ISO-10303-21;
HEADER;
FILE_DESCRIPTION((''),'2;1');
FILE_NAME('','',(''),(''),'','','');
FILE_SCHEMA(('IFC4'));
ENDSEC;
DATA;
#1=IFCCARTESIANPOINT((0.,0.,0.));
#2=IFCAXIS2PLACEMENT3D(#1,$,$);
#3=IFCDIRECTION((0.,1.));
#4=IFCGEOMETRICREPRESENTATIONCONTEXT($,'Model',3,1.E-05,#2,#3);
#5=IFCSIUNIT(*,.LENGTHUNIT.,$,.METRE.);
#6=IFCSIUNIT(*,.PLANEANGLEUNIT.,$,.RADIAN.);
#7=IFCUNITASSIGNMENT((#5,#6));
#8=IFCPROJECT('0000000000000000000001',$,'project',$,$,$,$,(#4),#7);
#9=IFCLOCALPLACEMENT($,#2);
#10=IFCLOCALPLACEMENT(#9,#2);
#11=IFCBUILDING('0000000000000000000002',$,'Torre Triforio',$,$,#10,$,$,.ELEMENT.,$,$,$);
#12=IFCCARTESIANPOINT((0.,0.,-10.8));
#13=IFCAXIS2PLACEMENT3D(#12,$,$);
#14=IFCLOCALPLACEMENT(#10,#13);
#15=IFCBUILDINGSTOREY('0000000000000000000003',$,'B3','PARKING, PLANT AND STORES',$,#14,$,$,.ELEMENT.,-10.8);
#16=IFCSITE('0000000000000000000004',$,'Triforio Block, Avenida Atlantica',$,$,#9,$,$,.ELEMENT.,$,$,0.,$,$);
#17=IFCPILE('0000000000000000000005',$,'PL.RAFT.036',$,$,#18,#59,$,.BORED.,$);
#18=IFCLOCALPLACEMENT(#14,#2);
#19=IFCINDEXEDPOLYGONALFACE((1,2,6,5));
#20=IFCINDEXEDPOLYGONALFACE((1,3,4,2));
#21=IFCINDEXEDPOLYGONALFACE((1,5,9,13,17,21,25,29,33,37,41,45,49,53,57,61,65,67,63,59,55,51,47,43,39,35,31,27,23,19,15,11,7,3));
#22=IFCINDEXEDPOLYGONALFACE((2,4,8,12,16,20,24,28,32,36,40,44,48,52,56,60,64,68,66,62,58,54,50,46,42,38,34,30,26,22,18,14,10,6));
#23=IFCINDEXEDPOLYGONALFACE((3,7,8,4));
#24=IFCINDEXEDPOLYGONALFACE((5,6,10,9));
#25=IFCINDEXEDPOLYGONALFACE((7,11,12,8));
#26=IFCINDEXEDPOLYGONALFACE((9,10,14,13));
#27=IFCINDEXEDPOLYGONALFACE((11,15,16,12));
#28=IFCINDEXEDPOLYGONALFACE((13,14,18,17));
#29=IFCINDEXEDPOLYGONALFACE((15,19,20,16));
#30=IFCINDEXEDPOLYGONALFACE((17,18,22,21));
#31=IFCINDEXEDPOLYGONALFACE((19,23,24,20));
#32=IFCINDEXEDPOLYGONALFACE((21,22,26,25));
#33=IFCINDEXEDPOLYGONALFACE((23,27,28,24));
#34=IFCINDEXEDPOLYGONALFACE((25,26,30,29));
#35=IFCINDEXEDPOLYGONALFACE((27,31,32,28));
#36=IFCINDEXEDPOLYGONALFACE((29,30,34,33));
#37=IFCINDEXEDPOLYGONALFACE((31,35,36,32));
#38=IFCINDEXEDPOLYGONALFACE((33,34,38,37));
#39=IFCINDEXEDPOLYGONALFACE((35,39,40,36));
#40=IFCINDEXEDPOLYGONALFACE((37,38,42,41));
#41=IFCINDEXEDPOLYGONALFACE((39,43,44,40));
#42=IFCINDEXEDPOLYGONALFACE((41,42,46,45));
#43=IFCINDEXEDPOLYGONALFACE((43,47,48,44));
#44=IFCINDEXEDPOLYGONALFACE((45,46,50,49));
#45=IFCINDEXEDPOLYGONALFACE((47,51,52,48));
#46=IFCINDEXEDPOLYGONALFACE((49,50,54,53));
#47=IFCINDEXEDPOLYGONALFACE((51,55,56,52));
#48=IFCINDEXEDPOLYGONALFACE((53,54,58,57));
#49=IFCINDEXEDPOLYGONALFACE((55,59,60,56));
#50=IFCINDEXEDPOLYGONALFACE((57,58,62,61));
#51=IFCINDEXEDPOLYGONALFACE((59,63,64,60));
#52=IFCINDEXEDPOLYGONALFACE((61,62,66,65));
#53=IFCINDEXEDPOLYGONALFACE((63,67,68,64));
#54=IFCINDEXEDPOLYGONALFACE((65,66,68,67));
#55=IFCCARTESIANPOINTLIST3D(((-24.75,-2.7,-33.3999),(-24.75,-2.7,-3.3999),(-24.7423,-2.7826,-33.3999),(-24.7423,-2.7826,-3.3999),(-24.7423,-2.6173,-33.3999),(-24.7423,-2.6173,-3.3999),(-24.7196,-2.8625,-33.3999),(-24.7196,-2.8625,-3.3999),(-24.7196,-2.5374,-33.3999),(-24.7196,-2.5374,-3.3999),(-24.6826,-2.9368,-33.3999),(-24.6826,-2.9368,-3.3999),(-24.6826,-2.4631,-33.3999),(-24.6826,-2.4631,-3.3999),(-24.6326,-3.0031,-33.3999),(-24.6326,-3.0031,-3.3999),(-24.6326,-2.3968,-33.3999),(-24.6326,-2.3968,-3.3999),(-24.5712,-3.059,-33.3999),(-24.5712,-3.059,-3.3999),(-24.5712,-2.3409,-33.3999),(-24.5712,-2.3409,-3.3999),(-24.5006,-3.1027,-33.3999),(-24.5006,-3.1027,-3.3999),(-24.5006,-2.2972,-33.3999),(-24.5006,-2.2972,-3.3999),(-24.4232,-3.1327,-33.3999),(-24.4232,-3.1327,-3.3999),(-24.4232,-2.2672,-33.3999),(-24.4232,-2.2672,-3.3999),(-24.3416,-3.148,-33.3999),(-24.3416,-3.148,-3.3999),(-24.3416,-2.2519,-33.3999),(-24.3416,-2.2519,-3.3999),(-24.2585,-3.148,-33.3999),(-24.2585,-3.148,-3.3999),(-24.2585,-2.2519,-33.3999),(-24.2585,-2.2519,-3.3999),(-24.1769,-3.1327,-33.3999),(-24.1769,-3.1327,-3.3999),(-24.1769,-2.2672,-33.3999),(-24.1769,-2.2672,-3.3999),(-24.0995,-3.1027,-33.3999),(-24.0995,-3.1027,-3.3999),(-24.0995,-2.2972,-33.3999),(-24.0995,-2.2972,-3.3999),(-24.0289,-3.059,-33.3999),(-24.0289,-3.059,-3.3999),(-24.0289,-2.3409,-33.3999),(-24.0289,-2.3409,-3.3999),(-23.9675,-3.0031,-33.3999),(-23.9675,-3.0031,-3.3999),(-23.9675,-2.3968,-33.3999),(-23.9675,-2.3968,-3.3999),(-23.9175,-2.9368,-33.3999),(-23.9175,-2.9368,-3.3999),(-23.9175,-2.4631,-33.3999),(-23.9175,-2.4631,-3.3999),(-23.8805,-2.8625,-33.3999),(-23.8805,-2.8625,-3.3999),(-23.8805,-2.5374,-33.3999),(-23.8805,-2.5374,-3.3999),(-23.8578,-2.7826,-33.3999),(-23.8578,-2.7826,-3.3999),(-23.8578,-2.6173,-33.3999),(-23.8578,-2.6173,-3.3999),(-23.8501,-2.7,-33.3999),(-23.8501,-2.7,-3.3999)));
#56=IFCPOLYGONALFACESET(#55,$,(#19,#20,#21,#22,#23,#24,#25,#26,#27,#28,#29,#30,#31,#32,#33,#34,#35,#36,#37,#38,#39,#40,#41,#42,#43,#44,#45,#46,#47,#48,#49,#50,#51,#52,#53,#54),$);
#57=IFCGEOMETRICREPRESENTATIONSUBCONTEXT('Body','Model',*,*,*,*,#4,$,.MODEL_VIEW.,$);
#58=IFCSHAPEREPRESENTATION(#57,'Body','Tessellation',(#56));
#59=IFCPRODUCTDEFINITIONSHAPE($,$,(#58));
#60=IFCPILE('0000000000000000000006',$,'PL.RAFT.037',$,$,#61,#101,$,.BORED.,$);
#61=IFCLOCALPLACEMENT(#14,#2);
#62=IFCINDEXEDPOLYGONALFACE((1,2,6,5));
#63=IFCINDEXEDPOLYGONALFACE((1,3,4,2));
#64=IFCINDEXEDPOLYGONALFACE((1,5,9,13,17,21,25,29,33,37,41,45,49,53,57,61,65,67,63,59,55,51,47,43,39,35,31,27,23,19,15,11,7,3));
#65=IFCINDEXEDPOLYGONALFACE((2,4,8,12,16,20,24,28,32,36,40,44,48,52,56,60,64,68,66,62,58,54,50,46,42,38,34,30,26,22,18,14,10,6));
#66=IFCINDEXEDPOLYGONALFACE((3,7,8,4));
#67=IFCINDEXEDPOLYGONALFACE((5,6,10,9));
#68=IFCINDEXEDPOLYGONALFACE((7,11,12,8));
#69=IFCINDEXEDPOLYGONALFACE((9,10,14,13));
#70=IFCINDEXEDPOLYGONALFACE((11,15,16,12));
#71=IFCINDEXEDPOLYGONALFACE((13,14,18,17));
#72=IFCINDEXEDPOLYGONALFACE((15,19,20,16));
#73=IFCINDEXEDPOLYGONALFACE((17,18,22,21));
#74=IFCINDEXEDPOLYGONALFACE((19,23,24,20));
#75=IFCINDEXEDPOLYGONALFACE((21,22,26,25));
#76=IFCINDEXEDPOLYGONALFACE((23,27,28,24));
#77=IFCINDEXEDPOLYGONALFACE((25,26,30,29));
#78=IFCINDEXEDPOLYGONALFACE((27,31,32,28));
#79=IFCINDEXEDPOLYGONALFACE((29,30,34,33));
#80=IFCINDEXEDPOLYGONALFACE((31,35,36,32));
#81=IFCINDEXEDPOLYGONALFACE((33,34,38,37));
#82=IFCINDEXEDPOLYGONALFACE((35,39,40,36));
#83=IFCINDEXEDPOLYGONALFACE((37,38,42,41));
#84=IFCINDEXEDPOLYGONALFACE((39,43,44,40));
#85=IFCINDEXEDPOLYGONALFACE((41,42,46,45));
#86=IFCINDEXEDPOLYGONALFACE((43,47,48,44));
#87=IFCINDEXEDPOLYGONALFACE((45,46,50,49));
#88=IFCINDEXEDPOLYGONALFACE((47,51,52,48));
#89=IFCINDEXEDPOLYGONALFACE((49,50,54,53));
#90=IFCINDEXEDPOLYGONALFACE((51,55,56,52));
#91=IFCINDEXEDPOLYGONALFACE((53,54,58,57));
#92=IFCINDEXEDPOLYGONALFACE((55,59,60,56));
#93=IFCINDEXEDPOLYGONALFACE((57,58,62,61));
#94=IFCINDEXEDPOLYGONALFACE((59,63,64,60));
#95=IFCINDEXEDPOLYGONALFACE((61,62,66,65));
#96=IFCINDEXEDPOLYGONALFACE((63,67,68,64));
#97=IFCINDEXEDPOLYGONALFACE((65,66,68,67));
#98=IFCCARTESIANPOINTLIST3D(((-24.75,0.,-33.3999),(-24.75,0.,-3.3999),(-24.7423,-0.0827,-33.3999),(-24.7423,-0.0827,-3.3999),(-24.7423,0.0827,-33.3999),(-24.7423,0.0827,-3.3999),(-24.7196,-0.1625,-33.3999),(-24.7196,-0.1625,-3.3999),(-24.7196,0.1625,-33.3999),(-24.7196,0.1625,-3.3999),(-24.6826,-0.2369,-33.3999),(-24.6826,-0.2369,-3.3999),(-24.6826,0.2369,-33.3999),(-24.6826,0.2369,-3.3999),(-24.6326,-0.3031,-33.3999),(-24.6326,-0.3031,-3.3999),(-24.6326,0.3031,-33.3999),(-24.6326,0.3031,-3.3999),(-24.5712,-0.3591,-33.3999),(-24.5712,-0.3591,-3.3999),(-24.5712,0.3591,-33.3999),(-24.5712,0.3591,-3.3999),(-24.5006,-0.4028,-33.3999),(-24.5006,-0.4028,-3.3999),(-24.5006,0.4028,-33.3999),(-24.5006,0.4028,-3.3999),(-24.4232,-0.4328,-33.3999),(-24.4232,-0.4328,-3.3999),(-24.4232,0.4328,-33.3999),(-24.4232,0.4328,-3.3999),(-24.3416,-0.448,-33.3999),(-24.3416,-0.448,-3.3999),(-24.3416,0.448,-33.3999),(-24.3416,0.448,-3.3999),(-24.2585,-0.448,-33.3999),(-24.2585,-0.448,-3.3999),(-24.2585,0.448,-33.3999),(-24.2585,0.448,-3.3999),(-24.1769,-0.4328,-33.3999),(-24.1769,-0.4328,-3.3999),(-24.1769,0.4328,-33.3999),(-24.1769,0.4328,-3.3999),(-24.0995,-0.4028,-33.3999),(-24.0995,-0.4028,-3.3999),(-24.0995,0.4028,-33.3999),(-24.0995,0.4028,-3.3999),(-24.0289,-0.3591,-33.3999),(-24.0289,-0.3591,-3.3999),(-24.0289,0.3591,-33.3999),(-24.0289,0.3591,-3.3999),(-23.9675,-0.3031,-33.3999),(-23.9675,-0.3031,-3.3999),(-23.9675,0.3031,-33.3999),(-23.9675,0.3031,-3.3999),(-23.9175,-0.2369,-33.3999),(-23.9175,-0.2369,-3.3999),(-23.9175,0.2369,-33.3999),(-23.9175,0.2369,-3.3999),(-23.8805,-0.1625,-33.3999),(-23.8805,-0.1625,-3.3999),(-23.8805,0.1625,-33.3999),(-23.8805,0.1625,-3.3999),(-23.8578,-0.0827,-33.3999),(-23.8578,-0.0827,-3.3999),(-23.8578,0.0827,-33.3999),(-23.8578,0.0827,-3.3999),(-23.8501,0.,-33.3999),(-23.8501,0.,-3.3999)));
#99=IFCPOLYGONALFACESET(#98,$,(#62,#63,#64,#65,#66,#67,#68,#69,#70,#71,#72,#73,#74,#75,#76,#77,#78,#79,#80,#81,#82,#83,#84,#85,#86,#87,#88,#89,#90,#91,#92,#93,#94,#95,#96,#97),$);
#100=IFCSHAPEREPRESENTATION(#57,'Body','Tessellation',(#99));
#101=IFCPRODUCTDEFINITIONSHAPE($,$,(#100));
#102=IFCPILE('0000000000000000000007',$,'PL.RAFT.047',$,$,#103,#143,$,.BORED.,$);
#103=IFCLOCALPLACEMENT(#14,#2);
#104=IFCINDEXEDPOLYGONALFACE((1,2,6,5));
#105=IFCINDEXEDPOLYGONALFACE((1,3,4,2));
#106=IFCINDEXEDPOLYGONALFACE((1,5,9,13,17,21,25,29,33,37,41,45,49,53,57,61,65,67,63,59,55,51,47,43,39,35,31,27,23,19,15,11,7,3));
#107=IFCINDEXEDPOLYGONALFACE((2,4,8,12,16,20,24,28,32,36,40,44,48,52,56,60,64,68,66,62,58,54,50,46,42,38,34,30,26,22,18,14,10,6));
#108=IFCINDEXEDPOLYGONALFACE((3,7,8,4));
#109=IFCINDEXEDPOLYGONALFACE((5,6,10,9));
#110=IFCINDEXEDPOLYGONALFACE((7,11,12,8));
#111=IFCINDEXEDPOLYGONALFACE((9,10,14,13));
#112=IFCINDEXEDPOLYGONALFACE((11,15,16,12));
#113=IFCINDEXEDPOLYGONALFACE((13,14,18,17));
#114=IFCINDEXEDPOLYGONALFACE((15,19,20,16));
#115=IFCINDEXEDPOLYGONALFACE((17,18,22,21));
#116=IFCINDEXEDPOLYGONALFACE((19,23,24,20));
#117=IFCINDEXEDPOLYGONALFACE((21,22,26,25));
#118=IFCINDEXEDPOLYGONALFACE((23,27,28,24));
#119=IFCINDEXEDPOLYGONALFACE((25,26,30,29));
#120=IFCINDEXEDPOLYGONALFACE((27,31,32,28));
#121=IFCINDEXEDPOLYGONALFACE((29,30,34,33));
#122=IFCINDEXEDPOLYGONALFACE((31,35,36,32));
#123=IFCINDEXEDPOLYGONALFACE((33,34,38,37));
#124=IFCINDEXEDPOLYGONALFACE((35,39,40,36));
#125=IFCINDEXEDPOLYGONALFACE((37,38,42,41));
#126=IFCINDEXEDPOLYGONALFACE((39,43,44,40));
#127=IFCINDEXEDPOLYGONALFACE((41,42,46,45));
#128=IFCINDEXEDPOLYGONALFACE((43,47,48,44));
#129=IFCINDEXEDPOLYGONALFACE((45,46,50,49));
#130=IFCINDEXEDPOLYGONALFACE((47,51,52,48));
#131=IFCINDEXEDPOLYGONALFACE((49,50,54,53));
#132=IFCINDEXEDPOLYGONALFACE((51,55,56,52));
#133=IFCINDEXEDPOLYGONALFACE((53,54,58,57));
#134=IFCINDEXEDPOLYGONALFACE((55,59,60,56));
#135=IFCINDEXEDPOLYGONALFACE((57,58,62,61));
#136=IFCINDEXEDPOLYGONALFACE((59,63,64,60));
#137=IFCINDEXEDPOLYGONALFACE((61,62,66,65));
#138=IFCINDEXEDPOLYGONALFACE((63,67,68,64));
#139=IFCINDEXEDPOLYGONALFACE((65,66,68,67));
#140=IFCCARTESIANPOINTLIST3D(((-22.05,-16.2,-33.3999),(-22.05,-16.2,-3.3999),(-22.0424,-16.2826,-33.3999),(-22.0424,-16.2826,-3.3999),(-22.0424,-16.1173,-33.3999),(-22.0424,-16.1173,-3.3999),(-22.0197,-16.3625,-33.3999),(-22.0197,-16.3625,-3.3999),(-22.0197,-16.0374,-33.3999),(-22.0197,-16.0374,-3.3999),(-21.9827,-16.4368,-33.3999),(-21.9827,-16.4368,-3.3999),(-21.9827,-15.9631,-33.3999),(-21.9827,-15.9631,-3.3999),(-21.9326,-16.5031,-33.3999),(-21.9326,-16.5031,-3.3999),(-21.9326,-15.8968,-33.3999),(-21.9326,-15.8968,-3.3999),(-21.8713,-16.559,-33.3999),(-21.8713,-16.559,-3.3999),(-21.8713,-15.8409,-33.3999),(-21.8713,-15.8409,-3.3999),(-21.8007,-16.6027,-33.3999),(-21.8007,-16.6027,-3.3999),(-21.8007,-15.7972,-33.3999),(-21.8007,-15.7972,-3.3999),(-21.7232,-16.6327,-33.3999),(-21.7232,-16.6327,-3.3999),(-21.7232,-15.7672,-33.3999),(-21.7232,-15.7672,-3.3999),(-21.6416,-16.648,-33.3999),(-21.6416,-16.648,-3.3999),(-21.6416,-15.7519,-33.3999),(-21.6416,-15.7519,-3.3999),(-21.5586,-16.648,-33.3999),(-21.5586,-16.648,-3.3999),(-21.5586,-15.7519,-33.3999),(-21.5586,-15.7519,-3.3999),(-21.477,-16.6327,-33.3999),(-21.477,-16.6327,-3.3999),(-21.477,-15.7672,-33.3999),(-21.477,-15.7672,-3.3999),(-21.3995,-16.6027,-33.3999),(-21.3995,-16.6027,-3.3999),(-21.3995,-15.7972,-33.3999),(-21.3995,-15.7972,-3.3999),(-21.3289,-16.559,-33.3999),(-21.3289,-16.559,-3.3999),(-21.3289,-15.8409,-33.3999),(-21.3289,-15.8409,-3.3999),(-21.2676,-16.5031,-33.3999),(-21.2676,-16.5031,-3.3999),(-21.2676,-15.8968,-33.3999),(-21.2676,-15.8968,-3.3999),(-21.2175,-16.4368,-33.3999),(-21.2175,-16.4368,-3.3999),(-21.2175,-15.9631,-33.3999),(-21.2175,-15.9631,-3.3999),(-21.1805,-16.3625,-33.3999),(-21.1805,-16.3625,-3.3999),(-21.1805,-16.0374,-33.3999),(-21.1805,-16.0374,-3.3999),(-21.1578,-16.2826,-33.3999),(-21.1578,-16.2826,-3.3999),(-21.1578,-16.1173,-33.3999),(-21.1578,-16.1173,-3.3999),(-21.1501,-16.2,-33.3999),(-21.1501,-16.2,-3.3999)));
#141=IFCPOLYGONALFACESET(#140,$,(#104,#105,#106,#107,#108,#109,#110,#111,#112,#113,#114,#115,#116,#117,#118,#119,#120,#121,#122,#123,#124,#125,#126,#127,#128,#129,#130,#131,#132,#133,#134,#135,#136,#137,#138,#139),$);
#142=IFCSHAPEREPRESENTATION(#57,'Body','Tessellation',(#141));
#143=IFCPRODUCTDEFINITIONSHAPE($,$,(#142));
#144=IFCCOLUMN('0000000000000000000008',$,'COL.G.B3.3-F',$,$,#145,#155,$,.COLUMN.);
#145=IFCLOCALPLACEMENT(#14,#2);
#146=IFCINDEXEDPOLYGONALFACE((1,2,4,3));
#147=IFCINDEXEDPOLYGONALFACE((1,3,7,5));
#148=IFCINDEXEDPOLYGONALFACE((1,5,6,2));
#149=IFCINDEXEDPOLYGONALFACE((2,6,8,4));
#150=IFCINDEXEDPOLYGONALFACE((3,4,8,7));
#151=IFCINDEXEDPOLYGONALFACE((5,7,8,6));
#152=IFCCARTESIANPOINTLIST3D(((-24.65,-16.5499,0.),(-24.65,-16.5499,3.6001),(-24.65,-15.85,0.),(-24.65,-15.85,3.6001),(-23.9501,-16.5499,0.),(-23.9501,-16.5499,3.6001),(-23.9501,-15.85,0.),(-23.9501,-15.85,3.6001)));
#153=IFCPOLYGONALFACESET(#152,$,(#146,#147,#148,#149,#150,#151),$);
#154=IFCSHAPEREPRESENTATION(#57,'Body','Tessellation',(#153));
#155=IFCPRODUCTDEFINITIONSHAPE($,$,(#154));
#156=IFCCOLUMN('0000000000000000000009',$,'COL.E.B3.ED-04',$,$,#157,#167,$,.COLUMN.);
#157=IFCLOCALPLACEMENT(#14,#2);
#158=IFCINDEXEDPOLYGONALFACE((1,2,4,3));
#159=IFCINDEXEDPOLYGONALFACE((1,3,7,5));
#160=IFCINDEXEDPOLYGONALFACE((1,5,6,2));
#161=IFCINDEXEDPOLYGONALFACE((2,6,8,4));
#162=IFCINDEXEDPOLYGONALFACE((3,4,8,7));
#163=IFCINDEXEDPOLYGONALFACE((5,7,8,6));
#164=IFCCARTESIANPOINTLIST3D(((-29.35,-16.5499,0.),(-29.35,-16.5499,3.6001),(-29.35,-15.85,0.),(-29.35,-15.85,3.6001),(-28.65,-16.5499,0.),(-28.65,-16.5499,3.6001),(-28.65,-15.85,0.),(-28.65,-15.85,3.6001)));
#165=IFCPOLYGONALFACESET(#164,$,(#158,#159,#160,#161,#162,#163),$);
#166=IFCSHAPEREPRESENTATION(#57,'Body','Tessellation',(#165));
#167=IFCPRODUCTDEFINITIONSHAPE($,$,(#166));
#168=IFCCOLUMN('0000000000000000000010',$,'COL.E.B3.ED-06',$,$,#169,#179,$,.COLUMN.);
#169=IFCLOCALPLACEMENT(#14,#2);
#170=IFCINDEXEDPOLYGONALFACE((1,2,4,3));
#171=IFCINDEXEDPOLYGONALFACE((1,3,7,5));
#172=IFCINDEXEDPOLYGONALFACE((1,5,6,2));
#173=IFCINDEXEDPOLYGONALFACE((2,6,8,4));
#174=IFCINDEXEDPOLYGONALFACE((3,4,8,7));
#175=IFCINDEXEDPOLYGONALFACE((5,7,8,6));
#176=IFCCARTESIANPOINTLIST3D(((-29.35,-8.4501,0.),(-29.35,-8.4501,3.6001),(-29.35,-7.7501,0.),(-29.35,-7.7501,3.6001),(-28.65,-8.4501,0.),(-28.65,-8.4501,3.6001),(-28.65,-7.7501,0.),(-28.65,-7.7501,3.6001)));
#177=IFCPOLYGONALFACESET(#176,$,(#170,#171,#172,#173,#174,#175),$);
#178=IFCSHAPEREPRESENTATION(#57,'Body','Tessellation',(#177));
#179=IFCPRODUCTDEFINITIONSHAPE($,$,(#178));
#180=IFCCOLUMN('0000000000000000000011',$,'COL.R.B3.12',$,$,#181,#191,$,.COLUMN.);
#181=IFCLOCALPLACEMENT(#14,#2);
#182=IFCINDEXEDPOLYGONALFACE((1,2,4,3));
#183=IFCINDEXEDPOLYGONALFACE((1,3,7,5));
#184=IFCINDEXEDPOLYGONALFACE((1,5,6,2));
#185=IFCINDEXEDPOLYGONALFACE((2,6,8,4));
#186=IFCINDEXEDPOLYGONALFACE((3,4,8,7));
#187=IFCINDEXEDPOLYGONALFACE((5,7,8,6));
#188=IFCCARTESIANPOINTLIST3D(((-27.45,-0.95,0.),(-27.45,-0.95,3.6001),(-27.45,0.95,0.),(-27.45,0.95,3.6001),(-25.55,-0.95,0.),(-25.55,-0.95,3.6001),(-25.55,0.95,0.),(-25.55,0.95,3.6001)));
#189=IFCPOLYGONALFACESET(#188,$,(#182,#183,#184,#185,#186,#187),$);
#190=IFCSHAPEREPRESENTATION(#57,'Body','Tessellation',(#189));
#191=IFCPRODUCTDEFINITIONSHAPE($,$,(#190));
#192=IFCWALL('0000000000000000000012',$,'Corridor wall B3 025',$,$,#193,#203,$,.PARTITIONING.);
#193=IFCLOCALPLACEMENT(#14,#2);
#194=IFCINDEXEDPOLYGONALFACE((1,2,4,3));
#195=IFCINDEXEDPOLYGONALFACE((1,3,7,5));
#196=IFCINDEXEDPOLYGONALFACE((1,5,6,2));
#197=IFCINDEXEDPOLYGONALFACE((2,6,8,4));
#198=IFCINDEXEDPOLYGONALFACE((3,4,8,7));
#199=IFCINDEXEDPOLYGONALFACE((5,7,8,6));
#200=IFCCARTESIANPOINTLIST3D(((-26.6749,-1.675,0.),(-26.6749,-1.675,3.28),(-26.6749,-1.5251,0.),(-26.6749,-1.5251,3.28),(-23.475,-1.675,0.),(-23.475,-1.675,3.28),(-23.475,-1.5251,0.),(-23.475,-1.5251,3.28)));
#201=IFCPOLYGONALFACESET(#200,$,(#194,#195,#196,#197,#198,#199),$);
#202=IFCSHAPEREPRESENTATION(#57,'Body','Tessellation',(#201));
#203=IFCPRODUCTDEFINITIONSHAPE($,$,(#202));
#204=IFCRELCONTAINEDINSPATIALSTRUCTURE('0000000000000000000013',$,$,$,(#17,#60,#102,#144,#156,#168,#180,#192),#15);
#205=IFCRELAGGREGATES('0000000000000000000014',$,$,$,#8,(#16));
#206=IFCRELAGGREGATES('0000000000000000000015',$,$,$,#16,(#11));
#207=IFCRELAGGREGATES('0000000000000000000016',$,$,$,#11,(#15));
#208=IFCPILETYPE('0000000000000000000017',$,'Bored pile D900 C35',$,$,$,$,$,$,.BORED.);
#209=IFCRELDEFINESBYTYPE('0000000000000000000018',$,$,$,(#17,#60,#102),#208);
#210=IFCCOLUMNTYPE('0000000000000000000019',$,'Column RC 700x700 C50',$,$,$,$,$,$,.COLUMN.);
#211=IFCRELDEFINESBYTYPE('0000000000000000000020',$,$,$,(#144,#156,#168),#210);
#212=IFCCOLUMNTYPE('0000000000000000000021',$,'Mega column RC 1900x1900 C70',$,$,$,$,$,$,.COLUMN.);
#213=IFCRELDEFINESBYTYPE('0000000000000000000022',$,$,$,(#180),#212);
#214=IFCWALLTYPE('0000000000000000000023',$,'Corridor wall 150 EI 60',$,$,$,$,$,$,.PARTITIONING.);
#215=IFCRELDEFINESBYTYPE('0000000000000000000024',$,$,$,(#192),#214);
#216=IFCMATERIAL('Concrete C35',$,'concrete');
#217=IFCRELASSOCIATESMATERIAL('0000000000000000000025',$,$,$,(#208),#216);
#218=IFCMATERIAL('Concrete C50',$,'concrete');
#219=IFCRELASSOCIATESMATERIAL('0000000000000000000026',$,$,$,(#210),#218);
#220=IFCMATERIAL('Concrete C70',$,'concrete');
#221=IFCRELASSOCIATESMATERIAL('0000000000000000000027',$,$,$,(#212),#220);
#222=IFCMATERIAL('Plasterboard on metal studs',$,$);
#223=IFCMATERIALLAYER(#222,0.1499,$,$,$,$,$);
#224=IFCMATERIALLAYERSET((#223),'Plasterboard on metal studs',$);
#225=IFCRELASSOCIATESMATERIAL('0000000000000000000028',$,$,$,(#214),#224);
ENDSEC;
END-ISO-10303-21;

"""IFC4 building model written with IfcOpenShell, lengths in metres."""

from ifc_helpers import new_model, si_unit, direction, frame, frame_2d, origin, origin_2d, place, context, subcontext, project, spatial, rectangle, circle, extrude, material, layer, layer_set, material_profile, profile_set, type_object, element, save


model = new_model("IFC4")

# Units and contexts
model_context = context("Model", 3, precision=1e-05, world=origin(), true_north=direction((0.0, 1.0)))
body_context = subcontext(model_context, "Body", "Model", "MODEL_VIEW")
ifc_project = project(units=[si_unit("LENGTHUNIT", "METRE"), si_unit("PLANEANGLEUNIT", "RADIAN")], contexts=[model_context])

# Site, building, storey
site_placement = place(None, origin())
site = spatial("IfcSite", under=ifc_project, at=site_placement, Name="Triforio Block, Avenida Atlantica", CompositionType="ELEMENT", RefElevation=0.0)
building_placement = place(site_placement, origin())
building = spatial("IfcBuilding", under=site, at=building_placement, Name="Torre Triforio", CompositionType="ELEMENT")
storey_placement = place(building_placement, frame((0.0, 0.0, -10.8)))
storey = spatial("IfcBuildingStorey", under=building, at=storey_placement, Name="B3", Description="PARKING, PLANT AND STORES", CompositionType="ELEMENT", Elevation=-10.8)

# Piles
ifc_material_1 = material(Name="Concrete C35", Category="concrete")
ifc_material_profile_1 = material_profile(ifc_material_1, circle(Radius=0.45, at=origin_2d()), Name="RC D900")
ifc_profile_set_1 = profile_set([ifc_material_profile_1], Name="Concrete C35")
pile_type = type_object("IfcPileType", Name="Bored pile D900 C35", PredefinedType="BORED", material=ifc_profile_set_1)
for number, where, z_axis, x_axis, name in (
    (1, (-24.3, -2.7, -3.3999), (0.0, 0.0, -1.0), (1.0, 0.0, 0.0), "PL.RAFT.036"),
    (2, (-24.3, 0.0, -3.3999), (0.0, 0.0, -1.0), (1.0, 0.0, 0.0), "PL.RAFT.037"),
    (3, (-21.6001, -16.2, -3.3999), (0.0, 0.0, -1.0), (1.0, 0.0, 0.0), "PL.RAFT.047"),
):
    element("IfcPile", number, at=place(storey_placement, frame(where, z_axis=z_axis, x_axis=x_axis)), inside=storey, type_object=pile_type, Name=name, PredefinedType="BORED", context=body_context, shape_type="SweptSolid", body=[
        extrude(circle(Radius=0.45, at=origin_2d()), origin(), (0.0, 0.0, 1.0), 30.0),
    ])

# Columns
ifc_material_2 = material(Name="Concrete C50", Category="concrete")
ifc_material_profile_2 = material_profile(ifc_material_2, rectangle(XDim=0.7, YDim=0.7, at=origin_2d()), Name="RC 700x700")
ifc_profile_set_2 = profile_set([ifc_material_profile_2], Name="Concrete C50")
column_type_1 = type_object("IfcColumnType", Name="Column RC 700x700 C50", PredefinedType="COLUMN", material=ifc_profile_set_2)
for number, where, z_axis, x_axis, name in (
    (4, (-24.3, -16.2, 0.0), (0.0, 0.0, 1.0), (1.0, 0.0, 0.0), "COL.G.B3.3-F"),
    (5, (-29.0, -16.2, 0.0), (0.0, 0.0, 1.0), (1.0, 0.0, 0.0), "COL.E.B3.ED-04"),
    (6, (-29.0, -8.1001, 0.0), (0.0, 0.0, 1.0), (1.0, 0.0, 0.0), "COL.E.B3.ED-06"),
):
    element("IfcColumn", number, at=place(storey_placement, frame(where, z_axis=z_axis, x_axis=x_axis)), inside=storey, type_object=column_type_1, Name=name, PredefinedType="COLUMN", context=body_context, shape_type="SweptSolid", body=[
        extrude(rectangle(XDim=0.7, YDim=0.7, at=origin_2d()), origin(), (0.0, 0.0, 1.0), 3.6001),
    ])
ifc_material_3 = material(Name="Concrete C70", Category="concrete")
ifc_material_profile_3 = material_profile(ifc_material_3, rectangle(XDim=1.8999, YDim=1.8999, at=origin_2d()), Name="RC 1900x1900")
ifc_profile_set_3 = profile_set([ifc_material_profile_3], Name="Concrete C70")
column_type_2 = type_object("IfcColumnType", Name="Mega column RC 1900x1900 C70", PredefinedType="COLUMN", material=ifc_profile_set_3)
column_placement = place(storey_placement, frame((-26.5, 0.0, 0.0), z_axis=(0.0, 0.0, 1.0), x_axis=(0.0, -1.0, 0.0)))
element("IfcColumn", 7, at=column_placement, inside=storey, type_object=column_type_2, Name="COL.R.B3.12", PredefinedType="COLUMN", context=body_context, shape_type="SweptSolid", body=[
    extrude(rectangle(XDim=1.8999, YDim=1.8999, at=origin_2d()), origin(), (0.0, 0.0, 1.0), 3.6001),
])

# Wall
ifc_material_4 = material(Name="Plasterboard on metal studs")
ifc_layer_1 = layer(ifc_material_4, 0.1499)
ifc_layer_set_1 = layer_set([ifc_layer_1], Name="Plasterboard on metal studs")
wall_type_1 = type_object("IfcWallType", Name="Corridor wall 150 EI 60", PredefinedType="PARTITIONING", material=ifc_layer_set_1)
wall_1_placement = place(storey_placement, frame((-26.675, -1.6001, 0.0), z_axis=(0.0, 0.0, 1.0), x_axis=(1.0, 0.0, 0.0)))
element("IfcWall", 8, at=wall_1_placement, inside=storey, type_object=wall_type_1, Name="Corridor wall B3 025", PredefinedType="PARTITIONING", context=body_context, shape_type="SweptSolid", body=[
    extrude(rectangle(XDim=3.2, YDim=0.1499, at=frame_2d((1.6001, 0.0))), origin(), (0.0, 0.0, 1.0), 3.28),
])

save(model, "model.ifc")
